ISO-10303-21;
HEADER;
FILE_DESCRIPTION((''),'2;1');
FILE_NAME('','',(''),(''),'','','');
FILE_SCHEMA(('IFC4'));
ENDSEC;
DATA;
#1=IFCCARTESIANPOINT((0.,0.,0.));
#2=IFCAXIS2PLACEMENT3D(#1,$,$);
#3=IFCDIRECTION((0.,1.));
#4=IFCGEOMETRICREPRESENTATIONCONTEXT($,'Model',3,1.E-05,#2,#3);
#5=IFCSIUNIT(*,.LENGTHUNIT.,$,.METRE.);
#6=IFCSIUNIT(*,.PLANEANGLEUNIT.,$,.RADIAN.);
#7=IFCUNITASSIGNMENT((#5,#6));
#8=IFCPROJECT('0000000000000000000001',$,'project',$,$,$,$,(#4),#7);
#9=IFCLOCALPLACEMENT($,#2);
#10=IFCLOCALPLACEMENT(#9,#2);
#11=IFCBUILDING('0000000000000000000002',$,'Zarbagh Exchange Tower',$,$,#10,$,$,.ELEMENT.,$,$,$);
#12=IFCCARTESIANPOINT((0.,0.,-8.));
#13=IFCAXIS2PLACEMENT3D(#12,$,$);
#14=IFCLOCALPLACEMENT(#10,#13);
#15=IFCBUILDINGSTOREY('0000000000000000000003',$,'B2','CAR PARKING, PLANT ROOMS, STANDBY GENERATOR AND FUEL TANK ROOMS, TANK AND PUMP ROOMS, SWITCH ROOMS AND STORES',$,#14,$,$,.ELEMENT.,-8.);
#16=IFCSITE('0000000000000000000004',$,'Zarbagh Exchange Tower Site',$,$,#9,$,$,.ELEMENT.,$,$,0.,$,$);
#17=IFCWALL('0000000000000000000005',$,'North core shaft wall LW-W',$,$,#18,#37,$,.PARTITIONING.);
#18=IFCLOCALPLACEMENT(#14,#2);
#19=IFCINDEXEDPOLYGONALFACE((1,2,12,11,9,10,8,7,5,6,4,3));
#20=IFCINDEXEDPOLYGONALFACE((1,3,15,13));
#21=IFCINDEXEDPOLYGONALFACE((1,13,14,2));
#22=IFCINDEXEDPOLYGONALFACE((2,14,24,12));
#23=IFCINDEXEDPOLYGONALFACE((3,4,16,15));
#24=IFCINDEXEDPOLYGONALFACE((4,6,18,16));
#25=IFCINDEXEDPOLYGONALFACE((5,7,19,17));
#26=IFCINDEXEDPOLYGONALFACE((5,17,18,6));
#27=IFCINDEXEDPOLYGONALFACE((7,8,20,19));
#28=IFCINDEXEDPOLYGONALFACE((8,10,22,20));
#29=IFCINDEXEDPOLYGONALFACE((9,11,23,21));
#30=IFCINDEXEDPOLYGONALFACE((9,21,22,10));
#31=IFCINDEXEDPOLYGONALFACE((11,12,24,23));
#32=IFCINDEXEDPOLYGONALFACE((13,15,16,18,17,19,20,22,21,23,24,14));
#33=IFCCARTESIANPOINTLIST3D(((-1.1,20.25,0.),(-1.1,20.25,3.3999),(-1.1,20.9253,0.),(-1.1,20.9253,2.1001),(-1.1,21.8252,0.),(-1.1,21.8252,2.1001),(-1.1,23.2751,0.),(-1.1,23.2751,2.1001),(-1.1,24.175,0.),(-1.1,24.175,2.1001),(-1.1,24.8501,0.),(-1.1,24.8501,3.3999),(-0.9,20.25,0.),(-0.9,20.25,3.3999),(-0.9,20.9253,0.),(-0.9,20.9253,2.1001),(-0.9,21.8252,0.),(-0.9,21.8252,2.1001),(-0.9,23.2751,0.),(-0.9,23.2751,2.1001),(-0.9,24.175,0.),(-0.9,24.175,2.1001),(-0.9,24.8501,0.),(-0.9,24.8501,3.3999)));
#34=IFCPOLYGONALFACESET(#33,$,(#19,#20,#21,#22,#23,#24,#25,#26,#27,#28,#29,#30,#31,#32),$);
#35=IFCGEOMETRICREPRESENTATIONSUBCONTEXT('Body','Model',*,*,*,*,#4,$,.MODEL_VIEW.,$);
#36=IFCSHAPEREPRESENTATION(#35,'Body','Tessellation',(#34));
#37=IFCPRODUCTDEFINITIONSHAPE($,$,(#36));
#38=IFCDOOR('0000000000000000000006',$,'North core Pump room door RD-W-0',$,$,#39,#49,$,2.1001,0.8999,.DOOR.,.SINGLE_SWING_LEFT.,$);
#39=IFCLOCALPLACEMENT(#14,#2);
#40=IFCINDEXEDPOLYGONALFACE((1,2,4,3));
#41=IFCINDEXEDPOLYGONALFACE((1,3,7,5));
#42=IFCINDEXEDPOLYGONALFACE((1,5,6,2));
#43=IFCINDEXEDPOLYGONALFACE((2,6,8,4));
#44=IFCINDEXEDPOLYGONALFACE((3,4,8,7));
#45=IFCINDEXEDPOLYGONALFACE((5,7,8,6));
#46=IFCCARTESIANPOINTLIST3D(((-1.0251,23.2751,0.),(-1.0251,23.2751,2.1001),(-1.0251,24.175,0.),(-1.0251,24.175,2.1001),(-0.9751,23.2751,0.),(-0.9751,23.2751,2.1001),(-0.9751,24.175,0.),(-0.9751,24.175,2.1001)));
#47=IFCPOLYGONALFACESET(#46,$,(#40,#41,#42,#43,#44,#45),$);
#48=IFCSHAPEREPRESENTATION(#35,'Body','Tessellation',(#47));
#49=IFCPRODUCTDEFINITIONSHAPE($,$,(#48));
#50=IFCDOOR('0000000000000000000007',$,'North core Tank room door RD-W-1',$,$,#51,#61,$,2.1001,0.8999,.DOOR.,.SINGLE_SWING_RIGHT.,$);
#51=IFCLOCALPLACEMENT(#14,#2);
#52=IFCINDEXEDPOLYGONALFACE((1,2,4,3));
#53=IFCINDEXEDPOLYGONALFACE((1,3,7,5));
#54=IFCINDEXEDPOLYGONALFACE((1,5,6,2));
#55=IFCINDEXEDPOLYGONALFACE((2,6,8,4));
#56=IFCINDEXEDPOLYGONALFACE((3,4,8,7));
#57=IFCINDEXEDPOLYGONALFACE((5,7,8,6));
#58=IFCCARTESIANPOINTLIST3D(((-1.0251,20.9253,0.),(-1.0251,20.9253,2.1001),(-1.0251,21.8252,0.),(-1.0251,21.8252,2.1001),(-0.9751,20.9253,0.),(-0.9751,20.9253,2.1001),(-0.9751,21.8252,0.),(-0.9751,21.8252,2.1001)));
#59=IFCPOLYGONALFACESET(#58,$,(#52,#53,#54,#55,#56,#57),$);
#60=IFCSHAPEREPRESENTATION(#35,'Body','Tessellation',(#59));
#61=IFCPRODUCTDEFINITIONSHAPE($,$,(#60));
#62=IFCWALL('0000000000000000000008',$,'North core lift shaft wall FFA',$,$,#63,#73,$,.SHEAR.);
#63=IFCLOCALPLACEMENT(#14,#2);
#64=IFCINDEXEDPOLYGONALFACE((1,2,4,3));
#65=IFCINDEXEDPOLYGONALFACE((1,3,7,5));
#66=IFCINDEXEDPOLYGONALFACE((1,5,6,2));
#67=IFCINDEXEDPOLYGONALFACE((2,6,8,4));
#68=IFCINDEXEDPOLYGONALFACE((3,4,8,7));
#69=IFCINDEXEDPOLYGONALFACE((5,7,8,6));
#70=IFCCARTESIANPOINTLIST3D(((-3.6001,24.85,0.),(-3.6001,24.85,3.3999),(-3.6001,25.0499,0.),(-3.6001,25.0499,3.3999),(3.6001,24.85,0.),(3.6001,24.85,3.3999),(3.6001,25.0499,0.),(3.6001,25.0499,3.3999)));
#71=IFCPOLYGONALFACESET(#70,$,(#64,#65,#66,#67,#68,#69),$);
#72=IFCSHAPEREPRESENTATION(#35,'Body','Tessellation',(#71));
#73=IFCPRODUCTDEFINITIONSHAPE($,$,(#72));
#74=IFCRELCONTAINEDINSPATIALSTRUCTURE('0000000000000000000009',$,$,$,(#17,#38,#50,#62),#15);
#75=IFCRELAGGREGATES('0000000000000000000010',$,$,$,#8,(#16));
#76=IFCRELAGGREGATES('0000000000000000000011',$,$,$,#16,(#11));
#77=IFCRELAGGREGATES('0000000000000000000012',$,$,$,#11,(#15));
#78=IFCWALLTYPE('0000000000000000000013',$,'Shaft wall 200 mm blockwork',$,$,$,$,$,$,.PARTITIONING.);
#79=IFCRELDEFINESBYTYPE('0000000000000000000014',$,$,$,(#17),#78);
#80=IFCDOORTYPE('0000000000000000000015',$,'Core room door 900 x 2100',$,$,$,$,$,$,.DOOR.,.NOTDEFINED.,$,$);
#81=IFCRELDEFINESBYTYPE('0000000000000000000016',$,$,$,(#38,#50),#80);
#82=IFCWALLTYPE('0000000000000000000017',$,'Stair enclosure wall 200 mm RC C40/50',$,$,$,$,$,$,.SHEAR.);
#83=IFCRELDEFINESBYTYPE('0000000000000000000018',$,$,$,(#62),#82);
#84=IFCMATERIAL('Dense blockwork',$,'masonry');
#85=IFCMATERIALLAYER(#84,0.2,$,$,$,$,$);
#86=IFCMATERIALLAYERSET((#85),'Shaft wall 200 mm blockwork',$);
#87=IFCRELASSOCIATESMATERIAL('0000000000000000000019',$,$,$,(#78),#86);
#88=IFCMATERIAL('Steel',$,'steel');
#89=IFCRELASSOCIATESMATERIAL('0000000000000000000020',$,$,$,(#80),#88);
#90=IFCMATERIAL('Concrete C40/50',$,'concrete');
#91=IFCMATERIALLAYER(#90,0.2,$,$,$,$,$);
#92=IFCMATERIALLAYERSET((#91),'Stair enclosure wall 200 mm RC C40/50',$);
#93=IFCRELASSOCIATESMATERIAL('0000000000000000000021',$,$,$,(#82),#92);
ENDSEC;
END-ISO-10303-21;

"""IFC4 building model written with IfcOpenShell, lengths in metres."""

from ifc_helpers import new_model, si_unit, direction, frame, frame_2d, origin, place, context, subcontext, project, spatial, rectangle, extrude, material, layer, layer_set, type_object, element, fill, save


model = new_model("IFC4")

# Units and contexts
model_context = context("Model", 3, precision=1e-05, world=origin(), true_north=direction((0.0, 1.0)))
body_context = subcontext(model_context, "Body", "Model", "MODEL_VIEW")
ifc_project = project(units=[si_unit("LENGTHUNIT", "METRE"), si_unit("PLANEANGLEUNIT", "RADIAN")], contexts=[model_context])

# Site, building, storey
site_placement = place(None, origin())
site = spatial("IfcSite", under=ifc_project, at=site_placement, Name="Zarbagh Exchange Tower Site", CompositionType="ELEMENT", RefElevation=0.0)
building_placement = place(site_placement, origin())
building = spatial("IfcBuilding", under=site, at=building_placement, Name="Zarbagh Exchange Tower", CompositionType="ELEMENT")
storey_placement = place(building_placement, frame((0.0, 0.0, -8.0)))
storey = spatial("IfcBuildingStorey", under=building, at=storey_placement, Name="B2", Description="CAR PARKING, PLANT ROOMS, STANDBY GENERATOR AND FUEL TANK ROOMS, TANK AND PUMP ROOMS, SWITCH ROOMS AND STORES", CompositionType="ELEMENT", Elevation=-8.0)

# Shared definitions
ifc_material_1 = material(Name="Concrete C40/50", Category="concrete")

# Shared definitions
ifc_material_2 = material(Name="Dense blockwork", Category="masonry")

# Wall, openings, doors
ifc_layer_1 = layer(ifc_material_2, 0.2)
ifc_layer_set_1 = layer_set([ifc_layer_1], Name="Shaft wall 200 mm blockwork")
wall_type_1 = type_object("IfcWallType", Name="Shaft wall 200 mm blockwork", PredefinedType="PARTITIONING", material=ifc_layer_set_1)
wall_1_placement = place(storey_placement, frame((-1.0, 24.8501, 0.0), z_axis=(0.0, 0.0, 1.0), x_axis=(0.0, -1.0, 0.0)))
wall_1 = element("IfcWall", 1, at=wall_1_placement, inside=storey, type_object=wall_type_1, Name="North core shaft wall LW-W", PredefinedType="PARTITIONING", context=body_context, shape_type="SweptSolid", body=[
    extrude(rectangle(XDim=4.6001, YDim=0.2, at=frame_2d((2.3, 0.0))), origin(), (0.0, 0.0, 1.0), 3.3999),
])
opening_1_placement = place(wall_1_placement, frame((0.675, 0.0, 0.0)))
opening_1 = element("IfcOpeningElement", 2, at=opening_1_placement, cuts=wall_1, PredefinedType="OPENING", context=body_context, shape_type="SweptSolid", body=[
    extrude(rectangle(XDim=0.8999, YDim=2.1001, at=frame_2d((0.45, 1.05))), frame((0.0, 0.1099, 0.0), z_axis=(0.0, -1.0, 0.0), x_axis=(1.0, 0.0, 0.0)), (0.0, 0.0, 1.0), 0.22),
])
opening_2_placement = place(wall_1_placement, frame((3.0249, 0.0, 0.0)))
opening_2 = element("IfcOpeningElement", 3, at=opening_2_placement, cuts=wall_1, PredefinedType="OPENING", context=body_context, shape_type="SweptSolid", body=[
    extrude(rectangle(XDim=0.8999, YDim=2.1001, at=frame_2d((0.45, 1.05))), frame((0.0, 0.1099, 0.0), z_axis=(0.0, -1.0, 0.0), x_axis=(1.0, 0.0, 0.0)), (0.0, 0.0, 1.0), 0.22),
])
ifc_material_3 = material(Name="Steel", Category="steel")
door_type = type_object("IfcDoorType", Name="Core room door 900 x 2100", OperationType="NOTDEFINED", PredefinedType="DOOR", material=ifc_material_3)
door_1_placement = place(opening_1_placement, origin())
door_1 = element("IfcDoor", 4, at=door_1_placement, inside=storey, type_object=door_type, Name="North core Pump room door RD-W-0", OperationType="SINGLE_SWING_LEFT", OverallHeight=2.1001, OverallWidth=0.8999, PredefinedType="DOOR", context=body_context, shape_type="SweptSolid", body=[
    extrude(rectangle(XDim=0.8999, YDim=2.1001, at=frame_2d((0.45, 1.05))), frame((0.0, 0.0249, 0.0), z_axis=(0.0, -1.0, 0.0), x_axis=(1.0, 0.0, 0.0)), (0.0, 0.0, 1.0), 0.05),
])
fill(opening_1, door_1)
door_2_placement = place(opening_2_placement, origin())
door_2 = element("IfcDoor", 5, at=door_2_placement, inside=storey, type_object=door_type, Name="North core Tank room door RD-W-1", OperationType="SINGLE_SWING_RIGHT", OverallHeight=2.1001, OverallWidth=0.8999, PredefinedType="DOOR", context=body_context, shape_type="SweptSolid", body=[
    extrude(rectangle(XDim=0.8999, YDim=2.1001, at=frame_2d((0.45, 1.05))), frame((0.0, 0.0249, 0.0), z_axis=(0.0, -1.0, 0.0), x_axis=(1.0, 0.0, 0.0)), (0.0, 0.0, 1.0), 0.05),
])
fill(opening_2, door_2)

# Wall
ifc_layer_2 = layer(ifc_material_1, 0.2)
ifc_layer_set_2 = layer_set([ifc_layer_2], Name="Stair enclosure wall 200 mm RC C40/50")
wall_type_2 = type_object("IfcWallType", Name="Stair enclosure wall 200 mm RC C40/50", PredefinedType="SHEAR", material=ifc_layer_set_2)
wall_2_placement = place(storey_placement, frame((-3.6001, 24.95, 0.0), z_axis=(0.0, 0.0, 1.0), x_axis=(1.0, 0.0, 0.0)))
element("IfcWall", 6, at=wall_2_placement, inside=storey, type_object=wall_type_2, Name="North core lift shaft wall FFA", PredefinedType="SHEAR", context=body_context, shape_type="SweptSolid", body=[
    extrude(rectangle(XDim=7.2002, YDim=0.2, at=frame_2d((3.6001, 0.0))), origin(), (0.0, 0.0, 1.0), 3.3999),
])

save(model, "model.ifc")
